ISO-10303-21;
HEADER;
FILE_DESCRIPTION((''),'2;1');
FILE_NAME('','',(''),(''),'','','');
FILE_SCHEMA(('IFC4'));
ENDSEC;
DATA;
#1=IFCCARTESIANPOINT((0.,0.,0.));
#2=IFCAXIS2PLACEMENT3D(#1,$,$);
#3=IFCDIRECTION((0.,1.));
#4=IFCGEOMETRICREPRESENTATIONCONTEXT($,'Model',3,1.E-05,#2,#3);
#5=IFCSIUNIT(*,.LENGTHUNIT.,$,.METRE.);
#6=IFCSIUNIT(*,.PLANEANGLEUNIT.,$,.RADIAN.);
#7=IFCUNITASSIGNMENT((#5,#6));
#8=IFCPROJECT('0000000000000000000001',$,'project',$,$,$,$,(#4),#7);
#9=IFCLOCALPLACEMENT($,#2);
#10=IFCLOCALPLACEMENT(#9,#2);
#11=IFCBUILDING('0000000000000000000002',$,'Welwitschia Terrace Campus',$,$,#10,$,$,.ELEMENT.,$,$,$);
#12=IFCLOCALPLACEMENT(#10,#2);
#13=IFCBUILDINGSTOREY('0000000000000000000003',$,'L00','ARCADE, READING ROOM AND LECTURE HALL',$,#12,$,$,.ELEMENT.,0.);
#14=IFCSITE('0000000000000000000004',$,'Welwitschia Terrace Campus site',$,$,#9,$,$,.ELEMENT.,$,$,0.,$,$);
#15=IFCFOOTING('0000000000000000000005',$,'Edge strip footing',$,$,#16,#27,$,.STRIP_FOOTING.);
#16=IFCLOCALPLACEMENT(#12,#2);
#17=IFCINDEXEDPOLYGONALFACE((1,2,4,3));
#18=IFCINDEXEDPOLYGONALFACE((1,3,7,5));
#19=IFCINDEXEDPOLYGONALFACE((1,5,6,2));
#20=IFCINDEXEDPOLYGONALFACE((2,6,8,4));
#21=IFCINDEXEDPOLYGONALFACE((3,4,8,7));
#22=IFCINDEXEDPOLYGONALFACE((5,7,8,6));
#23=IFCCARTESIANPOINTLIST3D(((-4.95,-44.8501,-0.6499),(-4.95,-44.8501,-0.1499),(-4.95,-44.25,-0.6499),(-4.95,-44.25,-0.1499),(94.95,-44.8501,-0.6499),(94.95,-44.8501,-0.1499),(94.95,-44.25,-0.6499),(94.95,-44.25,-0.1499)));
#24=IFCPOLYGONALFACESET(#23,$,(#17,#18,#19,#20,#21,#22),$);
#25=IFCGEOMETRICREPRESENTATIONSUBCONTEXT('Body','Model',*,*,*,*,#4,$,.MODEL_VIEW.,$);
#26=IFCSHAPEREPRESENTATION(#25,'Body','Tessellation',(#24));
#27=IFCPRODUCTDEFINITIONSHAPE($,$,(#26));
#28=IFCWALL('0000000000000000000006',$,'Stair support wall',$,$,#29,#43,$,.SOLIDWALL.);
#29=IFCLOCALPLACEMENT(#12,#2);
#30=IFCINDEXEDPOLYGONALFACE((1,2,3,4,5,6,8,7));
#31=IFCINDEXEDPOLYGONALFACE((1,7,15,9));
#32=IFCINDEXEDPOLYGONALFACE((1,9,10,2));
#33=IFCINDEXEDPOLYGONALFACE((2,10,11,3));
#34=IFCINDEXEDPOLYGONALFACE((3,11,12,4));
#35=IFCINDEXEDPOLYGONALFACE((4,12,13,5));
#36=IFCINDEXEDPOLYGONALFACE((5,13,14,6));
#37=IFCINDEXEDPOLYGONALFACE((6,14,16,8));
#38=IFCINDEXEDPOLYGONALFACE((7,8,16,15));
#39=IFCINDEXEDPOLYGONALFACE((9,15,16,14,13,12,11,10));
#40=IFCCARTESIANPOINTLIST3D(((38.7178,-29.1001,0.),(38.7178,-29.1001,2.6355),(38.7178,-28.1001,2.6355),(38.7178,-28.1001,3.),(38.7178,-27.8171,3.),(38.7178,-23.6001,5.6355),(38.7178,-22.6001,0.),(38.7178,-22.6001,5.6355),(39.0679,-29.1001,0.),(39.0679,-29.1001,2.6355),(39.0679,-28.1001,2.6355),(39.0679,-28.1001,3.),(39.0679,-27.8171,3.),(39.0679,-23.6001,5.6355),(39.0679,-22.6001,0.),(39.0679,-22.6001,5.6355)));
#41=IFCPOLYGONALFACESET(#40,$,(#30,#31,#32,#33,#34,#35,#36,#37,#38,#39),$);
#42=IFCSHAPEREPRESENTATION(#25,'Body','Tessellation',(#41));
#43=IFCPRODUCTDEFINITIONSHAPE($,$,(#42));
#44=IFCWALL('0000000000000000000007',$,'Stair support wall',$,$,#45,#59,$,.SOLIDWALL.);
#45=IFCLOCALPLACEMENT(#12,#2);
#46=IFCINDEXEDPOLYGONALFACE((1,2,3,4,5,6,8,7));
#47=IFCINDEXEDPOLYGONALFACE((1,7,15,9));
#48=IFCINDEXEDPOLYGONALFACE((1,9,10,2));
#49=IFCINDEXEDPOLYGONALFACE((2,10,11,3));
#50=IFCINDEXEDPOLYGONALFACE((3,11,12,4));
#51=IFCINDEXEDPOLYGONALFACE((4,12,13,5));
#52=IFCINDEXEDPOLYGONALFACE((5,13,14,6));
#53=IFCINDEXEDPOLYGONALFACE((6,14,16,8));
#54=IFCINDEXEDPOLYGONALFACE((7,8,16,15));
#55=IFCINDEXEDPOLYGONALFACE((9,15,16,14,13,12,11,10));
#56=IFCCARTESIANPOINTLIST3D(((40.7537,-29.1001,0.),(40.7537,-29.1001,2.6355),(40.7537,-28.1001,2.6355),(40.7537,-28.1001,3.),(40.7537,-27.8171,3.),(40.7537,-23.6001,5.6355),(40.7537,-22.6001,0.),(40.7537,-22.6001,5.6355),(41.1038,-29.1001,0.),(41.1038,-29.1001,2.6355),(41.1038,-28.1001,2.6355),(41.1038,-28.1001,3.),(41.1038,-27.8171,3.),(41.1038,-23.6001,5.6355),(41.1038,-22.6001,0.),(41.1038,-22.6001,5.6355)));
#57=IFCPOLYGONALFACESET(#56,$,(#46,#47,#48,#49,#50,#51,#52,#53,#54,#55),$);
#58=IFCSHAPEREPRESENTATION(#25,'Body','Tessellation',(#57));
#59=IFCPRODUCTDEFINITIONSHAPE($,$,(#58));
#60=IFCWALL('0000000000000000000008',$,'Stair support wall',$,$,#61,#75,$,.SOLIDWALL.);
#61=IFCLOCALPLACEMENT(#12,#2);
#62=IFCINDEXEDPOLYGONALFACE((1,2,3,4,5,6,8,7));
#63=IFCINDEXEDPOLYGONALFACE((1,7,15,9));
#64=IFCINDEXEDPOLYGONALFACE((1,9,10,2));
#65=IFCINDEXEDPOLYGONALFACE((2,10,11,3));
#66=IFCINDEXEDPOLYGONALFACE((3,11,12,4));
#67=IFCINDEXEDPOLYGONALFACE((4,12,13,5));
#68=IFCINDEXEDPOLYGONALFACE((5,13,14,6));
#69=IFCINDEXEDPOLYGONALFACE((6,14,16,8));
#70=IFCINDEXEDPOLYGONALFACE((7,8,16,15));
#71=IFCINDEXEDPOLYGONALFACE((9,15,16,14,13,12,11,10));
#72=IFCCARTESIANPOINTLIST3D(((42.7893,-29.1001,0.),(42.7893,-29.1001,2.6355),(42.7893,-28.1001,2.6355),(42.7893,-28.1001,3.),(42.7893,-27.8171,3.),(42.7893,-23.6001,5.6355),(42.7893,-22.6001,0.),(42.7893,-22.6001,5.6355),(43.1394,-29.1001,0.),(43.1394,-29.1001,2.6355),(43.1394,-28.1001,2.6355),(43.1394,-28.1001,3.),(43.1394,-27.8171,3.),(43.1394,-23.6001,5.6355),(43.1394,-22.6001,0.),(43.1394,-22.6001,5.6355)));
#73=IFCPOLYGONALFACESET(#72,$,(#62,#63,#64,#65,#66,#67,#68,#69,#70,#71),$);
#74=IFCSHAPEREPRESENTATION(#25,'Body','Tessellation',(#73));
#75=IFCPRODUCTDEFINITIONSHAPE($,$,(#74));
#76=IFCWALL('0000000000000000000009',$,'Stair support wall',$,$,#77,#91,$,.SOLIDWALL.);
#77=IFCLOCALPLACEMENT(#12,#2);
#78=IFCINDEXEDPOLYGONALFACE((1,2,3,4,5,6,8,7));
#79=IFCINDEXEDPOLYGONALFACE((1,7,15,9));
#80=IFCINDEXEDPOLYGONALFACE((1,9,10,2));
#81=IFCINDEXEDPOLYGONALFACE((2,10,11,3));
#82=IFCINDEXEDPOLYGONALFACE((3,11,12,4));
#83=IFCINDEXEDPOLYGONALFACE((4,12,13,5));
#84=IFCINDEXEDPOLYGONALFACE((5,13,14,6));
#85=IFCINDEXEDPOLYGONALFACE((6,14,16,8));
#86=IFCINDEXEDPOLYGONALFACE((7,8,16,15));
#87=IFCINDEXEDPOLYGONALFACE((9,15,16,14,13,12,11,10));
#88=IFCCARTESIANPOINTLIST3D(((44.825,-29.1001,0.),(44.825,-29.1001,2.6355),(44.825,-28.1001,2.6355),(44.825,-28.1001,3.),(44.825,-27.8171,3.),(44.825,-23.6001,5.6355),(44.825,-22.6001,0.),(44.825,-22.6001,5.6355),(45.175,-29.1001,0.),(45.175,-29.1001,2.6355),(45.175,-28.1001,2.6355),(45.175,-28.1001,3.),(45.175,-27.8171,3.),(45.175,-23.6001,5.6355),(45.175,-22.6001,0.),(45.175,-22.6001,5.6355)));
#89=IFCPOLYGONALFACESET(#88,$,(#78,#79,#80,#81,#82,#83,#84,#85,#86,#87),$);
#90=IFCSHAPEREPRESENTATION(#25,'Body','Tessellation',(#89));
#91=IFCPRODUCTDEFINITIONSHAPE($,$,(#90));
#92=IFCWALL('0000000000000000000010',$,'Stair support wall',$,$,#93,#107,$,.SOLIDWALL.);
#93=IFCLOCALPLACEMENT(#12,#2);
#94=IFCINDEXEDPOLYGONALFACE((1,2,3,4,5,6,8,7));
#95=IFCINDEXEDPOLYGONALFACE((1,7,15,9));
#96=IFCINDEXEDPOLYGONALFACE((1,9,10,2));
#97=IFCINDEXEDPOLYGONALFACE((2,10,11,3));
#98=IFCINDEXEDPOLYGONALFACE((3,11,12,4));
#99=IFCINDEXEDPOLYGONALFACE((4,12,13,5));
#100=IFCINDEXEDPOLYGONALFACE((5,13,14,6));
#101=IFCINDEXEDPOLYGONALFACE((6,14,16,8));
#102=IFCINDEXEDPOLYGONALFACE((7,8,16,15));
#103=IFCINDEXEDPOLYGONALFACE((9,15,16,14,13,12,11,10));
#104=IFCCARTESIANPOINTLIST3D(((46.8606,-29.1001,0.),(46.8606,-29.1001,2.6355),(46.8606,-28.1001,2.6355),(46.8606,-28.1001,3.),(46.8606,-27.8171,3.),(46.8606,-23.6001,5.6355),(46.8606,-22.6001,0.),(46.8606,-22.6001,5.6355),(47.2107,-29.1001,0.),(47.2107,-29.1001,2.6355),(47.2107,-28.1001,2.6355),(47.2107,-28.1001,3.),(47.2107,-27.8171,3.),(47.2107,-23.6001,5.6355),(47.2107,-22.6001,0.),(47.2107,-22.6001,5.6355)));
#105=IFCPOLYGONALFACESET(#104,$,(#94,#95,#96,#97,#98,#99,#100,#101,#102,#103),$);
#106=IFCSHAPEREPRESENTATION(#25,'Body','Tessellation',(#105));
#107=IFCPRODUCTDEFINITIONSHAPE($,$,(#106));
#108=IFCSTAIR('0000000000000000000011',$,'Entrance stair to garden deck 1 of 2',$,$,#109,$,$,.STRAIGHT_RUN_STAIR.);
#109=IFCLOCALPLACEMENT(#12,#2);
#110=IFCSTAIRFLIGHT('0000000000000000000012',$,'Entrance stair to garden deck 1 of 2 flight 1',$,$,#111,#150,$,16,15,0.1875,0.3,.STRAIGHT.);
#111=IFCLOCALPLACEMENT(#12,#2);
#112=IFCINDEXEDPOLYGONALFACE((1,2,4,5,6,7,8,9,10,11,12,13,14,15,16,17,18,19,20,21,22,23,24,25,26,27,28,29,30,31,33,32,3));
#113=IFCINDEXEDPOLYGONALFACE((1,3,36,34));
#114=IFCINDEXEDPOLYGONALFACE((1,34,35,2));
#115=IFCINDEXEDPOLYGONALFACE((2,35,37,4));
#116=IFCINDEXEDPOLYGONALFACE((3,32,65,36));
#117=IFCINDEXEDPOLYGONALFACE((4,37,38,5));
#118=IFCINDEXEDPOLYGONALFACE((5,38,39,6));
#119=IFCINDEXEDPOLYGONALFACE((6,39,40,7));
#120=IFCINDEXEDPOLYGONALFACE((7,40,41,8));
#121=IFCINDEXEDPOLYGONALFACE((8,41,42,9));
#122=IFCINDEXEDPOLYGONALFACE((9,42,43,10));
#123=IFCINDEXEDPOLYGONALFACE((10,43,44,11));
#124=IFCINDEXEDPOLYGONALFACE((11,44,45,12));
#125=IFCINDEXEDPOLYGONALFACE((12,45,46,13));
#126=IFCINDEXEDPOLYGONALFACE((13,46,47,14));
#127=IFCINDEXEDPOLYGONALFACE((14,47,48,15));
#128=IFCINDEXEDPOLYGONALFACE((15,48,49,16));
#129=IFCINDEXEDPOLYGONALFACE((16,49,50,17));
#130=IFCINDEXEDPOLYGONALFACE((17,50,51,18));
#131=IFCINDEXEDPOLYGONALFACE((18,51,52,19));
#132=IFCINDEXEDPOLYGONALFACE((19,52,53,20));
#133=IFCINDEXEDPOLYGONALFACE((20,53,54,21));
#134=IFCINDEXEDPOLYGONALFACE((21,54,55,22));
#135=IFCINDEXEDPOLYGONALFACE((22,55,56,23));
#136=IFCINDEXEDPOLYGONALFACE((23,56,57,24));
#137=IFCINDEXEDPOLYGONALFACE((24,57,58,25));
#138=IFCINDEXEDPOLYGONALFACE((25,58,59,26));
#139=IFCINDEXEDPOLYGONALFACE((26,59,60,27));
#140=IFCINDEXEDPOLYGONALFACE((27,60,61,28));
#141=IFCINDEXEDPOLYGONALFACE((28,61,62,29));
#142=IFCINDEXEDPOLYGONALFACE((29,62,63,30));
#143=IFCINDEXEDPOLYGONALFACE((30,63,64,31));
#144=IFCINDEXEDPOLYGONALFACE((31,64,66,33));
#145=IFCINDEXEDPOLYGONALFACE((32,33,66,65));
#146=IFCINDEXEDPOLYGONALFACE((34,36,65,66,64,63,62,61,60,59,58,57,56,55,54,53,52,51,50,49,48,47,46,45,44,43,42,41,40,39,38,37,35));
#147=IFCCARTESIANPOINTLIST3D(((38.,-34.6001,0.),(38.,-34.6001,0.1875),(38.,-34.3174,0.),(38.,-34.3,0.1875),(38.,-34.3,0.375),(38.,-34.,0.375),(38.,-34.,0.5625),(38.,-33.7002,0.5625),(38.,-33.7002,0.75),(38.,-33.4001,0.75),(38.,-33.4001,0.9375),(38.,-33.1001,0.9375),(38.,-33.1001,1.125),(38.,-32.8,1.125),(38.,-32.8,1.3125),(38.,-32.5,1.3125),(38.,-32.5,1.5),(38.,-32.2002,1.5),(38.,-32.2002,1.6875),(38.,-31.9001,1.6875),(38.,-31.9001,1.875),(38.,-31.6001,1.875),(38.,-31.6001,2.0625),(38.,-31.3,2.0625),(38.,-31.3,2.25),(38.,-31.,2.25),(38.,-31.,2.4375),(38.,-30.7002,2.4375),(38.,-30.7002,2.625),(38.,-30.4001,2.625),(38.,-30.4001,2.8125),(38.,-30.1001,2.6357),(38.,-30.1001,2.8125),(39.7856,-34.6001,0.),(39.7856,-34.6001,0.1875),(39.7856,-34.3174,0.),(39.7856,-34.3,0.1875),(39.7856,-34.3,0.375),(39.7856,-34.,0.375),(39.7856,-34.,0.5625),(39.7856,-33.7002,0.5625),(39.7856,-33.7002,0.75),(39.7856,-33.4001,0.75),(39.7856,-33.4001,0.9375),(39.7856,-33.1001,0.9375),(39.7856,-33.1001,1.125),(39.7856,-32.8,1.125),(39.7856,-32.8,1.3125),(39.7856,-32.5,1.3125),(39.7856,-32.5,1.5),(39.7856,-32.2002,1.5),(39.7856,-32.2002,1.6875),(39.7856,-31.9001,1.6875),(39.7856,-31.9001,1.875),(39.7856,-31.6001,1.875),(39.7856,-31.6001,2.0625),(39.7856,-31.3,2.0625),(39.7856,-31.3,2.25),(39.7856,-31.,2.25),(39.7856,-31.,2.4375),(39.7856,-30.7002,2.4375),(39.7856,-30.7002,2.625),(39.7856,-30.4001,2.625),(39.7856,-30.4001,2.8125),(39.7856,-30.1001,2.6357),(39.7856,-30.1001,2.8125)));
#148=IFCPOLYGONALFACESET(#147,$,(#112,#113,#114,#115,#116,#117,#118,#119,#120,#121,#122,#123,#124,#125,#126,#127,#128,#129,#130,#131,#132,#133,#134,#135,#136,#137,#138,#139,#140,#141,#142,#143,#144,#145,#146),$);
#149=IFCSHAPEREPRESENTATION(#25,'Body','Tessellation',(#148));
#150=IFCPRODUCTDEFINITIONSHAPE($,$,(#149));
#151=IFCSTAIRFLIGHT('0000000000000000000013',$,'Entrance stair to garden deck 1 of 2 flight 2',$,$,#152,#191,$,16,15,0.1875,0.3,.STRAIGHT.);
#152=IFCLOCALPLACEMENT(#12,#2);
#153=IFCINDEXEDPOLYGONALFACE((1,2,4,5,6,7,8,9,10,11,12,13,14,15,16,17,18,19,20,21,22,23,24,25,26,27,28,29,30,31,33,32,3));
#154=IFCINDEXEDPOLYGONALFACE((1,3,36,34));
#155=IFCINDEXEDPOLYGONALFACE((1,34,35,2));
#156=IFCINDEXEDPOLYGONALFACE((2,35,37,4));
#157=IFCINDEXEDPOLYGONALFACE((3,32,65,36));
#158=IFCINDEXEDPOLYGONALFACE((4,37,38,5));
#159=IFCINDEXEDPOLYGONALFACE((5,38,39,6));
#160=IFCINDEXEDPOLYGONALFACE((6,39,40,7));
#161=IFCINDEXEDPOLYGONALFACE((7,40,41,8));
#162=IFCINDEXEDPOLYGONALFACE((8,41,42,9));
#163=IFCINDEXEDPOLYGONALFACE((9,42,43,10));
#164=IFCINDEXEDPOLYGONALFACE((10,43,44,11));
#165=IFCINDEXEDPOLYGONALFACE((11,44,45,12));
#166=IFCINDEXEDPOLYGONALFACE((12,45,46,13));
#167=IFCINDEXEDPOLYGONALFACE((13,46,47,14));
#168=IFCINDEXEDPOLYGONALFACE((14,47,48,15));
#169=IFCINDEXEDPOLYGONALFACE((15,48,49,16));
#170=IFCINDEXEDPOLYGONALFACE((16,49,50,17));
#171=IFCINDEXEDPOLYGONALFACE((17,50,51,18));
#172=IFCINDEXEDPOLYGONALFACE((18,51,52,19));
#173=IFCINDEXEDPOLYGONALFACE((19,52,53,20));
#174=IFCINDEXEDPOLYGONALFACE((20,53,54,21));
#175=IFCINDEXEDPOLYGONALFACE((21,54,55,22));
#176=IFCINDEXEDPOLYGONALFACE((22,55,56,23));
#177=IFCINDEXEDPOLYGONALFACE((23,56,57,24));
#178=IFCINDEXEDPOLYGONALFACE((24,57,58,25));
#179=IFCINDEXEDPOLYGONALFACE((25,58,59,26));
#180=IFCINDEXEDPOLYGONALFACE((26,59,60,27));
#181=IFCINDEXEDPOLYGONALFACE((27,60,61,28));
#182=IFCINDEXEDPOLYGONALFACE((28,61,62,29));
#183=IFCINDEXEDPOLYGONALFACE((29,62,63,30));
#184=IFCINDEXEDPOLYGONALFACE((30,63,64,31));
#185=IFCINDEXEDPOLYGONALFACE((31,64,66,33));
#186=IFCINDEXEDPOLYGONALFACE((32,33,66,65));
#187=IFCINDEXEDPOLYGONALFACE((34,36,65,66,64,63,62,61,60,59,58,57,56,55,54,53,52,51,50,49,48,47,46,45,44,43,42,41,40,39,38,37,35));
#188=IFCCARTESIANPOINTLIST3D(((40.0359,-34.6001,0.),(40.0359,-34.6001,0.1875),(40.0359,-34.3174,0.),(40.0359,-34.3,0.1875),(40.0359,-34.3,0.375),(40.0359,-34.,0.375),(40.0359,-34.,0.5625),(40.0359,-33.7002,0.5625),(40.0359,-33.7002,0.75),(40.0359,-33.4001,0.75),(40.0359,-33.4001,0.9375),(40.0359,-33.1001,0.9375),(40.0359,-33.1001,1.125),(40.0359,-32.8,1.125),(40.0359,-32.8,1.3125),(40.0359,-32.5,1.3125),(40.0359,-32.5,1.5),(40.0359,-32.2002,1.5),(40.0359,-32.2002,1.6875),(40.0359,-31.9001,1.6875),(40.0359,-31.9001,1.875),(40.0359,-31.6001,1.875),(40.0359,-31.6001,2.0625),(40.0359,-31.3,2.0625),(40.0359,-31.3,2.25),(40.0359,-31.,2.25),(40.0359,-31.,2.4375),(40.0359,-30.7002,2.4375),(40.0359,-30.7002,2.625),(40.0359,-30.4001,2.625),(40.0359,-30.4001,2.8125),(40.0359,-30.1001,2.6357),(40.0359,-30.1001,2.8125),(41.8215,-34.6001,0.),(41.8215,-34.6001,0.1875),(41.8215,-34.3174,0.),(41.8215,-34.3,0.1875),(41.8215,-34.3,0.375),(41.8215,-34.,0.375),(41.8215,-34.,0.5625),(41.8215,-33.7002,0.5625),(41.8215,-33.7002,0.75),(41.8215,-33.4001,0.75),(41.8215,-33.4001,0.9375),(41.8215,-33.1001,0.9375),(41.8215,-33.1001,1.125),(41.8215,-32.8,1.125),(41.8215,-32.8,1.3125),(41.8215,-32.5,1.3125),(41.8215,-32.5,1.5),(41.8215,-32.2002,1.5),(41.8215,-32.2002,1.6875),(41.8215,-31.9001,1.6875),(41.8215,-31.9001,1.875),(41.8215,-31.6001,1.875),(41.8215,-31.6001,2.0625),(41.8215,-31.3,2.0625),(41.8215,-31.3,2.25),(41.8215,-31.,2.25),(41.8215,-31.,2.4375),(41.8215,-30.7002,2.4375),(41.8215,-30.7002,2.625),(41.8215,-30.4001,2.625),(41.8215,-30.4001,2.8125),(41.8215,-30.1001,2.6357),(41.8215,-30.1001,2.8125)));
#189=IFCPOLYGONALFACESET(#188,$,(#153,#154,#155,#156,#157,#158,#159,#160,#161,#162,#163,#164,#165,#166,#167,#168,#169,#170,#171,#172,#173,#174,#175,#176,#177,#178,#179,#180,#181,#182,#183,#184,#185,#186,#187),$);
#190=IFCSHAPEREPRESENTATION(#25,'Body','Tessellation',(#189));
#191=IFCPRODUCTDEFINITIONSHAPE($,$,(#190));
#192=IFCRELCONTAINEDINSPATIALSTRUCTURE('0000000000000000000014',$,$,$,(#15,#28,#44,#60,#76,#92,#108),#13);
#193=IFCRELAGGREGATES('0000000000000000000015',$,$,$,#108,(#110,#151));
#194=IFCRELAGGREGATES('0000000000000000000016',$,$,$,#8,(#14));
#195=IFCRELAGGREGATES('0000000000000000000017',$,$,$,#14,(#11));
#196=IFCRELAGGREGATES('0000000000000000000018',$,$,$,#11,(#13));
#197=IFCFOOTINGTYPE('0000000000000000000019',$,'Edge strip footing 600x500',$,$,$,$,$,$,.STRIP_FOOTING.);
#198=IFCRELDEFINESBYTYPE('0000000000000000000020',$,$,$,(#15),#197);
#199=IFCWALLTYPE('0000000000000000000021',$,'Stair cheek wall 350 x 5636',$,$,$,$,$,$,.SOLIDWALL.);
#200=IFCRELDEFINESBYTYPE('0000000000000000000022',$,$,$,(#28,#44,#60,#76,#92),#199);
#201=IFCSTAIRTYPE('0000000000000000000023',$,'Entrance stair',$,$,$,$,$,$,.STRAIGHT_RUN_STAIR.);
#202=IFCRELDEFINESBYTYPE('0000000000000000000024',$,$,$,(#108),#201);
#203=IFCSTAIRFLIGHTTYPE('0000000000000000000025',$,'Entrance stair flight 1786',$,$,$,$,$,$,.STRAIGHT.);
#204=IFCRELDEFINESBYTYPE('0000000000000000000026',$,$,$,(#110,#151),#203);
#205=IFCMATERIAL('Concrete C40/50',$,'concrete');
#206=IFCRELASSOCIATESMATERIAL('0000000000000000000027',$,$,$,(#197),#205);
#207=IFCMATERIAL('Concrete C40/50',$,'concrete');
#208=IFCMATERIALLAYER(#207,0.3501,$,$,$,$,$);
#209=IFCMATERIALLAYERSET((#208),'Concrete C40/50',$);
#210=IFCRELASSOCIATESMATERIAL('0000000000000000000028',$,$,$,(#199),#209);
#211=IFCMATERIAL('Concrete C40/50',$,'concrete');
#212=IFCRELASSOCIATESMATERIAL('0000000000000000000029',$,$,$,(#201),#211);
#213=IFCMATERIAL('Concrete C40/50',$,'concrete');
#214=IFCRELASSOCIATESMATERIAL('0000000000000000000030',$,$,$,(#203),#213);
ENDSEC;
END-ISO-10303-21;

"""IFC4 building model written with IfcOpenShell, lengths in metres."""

from ifc_helpers import new_model, si_unit, direction, frame, origin, origin_2d, place, context, subcontext, project, spatial, polyline, rectangle, outline, extrude, material, layer, layer_set, type_object, element, aggregate, save


model = new_model("IFC4")

# Units and contexts
model_context = context("Model", 3, precision=1e-05, world=origin(), true_north=direction((0.0, 1.0)))
body_context = subcontext(model_context, "Body", "Model", "MODEL_VIEW")
ifc_project = project(units=[si_unit("LENGTHUNIT", "METRE"), si_unit("PLANEANGLEUNIT", "RADIAN")], contexts=[model_context])

# Site, building, storey
site_placement = place(None, origin())
site = spatial("IfcSite", under=ifc_project, at=site_placement, Name="Welwitschia Terrace Campus site", CompositionType="ELEMENT", RefElevation=0.0)
building_placement = place(site_placement, origin())
building = spatial("IfcBuilding", under=site, at=building_placement, Name="Welwitschia Terrace Campus", CompositionType="ELEMENT")
storey_placement = place(building_placement, origin())
storey = spatial("IfcBuildingStorey", under=building, at=storey_placement, Name="L00", Description="ARCADE, READING ROOM AND LECTURE HALL", CompositionType="ELEMENT", Elevation=0.0)

# Footing
ifc_material_1 = material(Name="Concrete C40/50", Category="concrete")
footing_type = type_object("IfcFootingType", Name="Edge strip footing 600x500", PredefinedType="STRIP_FOOTING", material=ifc_material_1)
footing_placement = place(storey_placement, frame((45.0, -44.55, -0.6499), z_axis=(0.0, 0.0, 1.0), x_axis=(1.0, 0.0, 0.0)))
element("IfcFooting", 1, at=footing_placement, inside=storey, type_object=footing_type, Name="Edge strip footing", PredefinedType="STRIP_FOOTING", context=body_context, shape_type="SweptSolid", body=[
    extrude(rectangle(XDim=99.8999, YDim=0.6001, at=origin_2d()), origin(), (0.0, 0.0, 1.0), 0.5),
])

# Walls
ifc_material_2 = material(Name="Concrete C40/50", Category="concrete")
ifc_layer_1 = layer(ifc_material_2, 0.3501)
ifc_layer_set_1 = layer_set([ifc_layer_1], Name="Concrete C40/50")
wall_type_1 = type_object("IfcWallType", Name="Stair cheek wall 350 x 5636", PredefinedType="SOLIDWALL", material=ifc_layer_set_1)
for number, where, z_axis, x_axis, name in (
    (2, (38.8928, -29.1001, 0.0), (0.0, 0.0, 1.0), (0.0, 1.0, 0.0), "Stair support wall"),
    (3, (40.9287, -29.1001, 0.0), (0.0, 0.0, 1.0), (0.0, 1.0, 0.0), "Stair support wall"),
    (4, (42.9644, -29.1001, 0.0), (0.0, 0.0, 1.0), (0.0, 1.0, 0.0), "Stair support wall"),
    (5, (45.0, -29.1001, 0.0), (0.0, 0.0, 1.0), (0.0, 1.0, 0.0), "Stair support wall"),
    (6, (47.0356, -29.1001, 0.0), (0.0, 0.0, 1.0), (0.0, 1.0, 0.0), "Stair support wall"),
):
    element("IfcWall", number, at=place(storey_placement, frame(where, z_axis=z_axis, x_axis=x_axis)), inside=storey, type_object=wall_type_1, Name=name, PredefinedType="SOLIDWALL", context=body_context, shape_type="SweptSolid", body=[
        extrude(outline(polyline([(0.0, 0.0), (6.5, 0.0), (6.5, 5.6355), (5.5, 5.6355), (1.283, 3.0), (1.0, 3.0), (1.0, 2.6355), (0.0, 2.6355), (0.0, 0.0)])), frame((0.0, 0.175, 0.0), z_axis=(0.0, -1.0, 0.0), x_axis=(1.0, 0.0, 0.0)), (0.0, 0.0, 1.0), 0.3501),
    ])

# Stair, stair flights
ifc_material_3 = material(Name="Concrete C40/50", Category="concrete")
stair_type = type_object("IfcStairType", Name="Entrance stair", PredefinedType="STRAIGHT_RUN_STAIR", material=ifc_material_3)
stair_placement = place(storey_placement, origin())
stair = element("IfcStair", 7, at=stair_placement, inside=storey, type_object=stair_type, Name="Entrance stair to garden deck 1 of 2", PredefinedType="STRAIGHT_RUN_STAIR")
ifc_material_4 = material(Name="Concrete C40/50", Category="concrete")
stair_flight_type = type_object("IfcStairFlightType", Name="Entrance stair flight 1786", PredefinedType="STRAIGHT", material=ifc_material_4)
stair_flight_1_placement = place(storey_placement, frame((38.8928, -34.6001, 0.0), z_axis=(0.0, 0.0, 1.0), x_axis=(0.0, 1.0, 0.0)))
stair_flight_1 = element("IfcStairFlight", 8, at=stair_flight_1_placement, type_object=stair_flight_type, Name="Entrance stair to garden deck 1 of 2 flight 1", NumberOfRisers=16, NumberOfTreads=15, PredefinedType="STRAIGHT", RiserHeight=0.1875, TreadLength=0.3, context=body_context, shape_type="SweptSolid", body=[
    extrude(outline(polyline([(0.0, 0.0), (0.0, 0.1875), (0.3, 0.1875), (0.3, 0.375), (0.6001, 0.375), (0.6001, 0.5625), (0.8999, 0.5625), (0.8999, 0.75), (1.2, 0.75), (1.2, 0.9375), (1.5, 0.9375), (1.5, 1.125), (1.8, 1.125), (1.8, 1.3125), (2.1001, 1.3125), (2.1001, 1.5), (2.3999, 1.5), (2.3999, 1.6875), (2.7, 1.6875), (2.7, 1.875), (3.0, 1.875), (3.0, 2.0625), (3.3, 2.0625), (3.3, 2.25), (3.6001, 2.25), (3.6001, 2.4375), (3.8999, 2.4375), (3.8999, 2.625), (4.2, 2.625), (4.2, 2.8125), (4.5, 2.8125), (4.5, 3.0), (4.5, 2.6357), (0.2827, 0.0), (0.0, 0.0)])), frame((0.0, 0.8928, 0.0), z_axis=(0.0, -1.0, 0.0), x_axis=(1.0, 0.0, 0.0)), (0.0, 0.0, 1.0), 1.7856),
])
stair_flight_2_placement = place(storey_placement, frame((40.9287, -34.6001, 0.0), z_axis=(0.0, 0.0, 1.0), x_axis=(0.0, 1.0, 0.0)))
stair_flight_2 = element("IfcStairFlight", 9, at=stair_flight_2_placement, type_object=stair_flight_type, Name="Entrance stair to garden deck 1 of 2 flight 2", NumberOfRisers=16, NumberOfTreads=15, PredefinedType="STRAIGHT", RiserHeight=0.1875, TreadLength=0.3, context=body_context, shape_type="SweptSolid", body=[
    extrude(outline(polyline([(0.0, 0.0), (0.0, 0.1875), (0.3, 0.1875), (0.3, 0.375), (0.6001, 0.375), (0.6001, 0.5625), (0.8999, 0.5625), (0.8999, 0.75), (1.2, 0.75), (1.2, 0.9375), (1.5, 0.9375), (1.5, 1.125), (1.8, 1.125), (1.8, 1.3125), (2.1001, 1.3125), (2.1001, 1.5), (2.3999, 1.5), (2.3999, 1.6875), (2.7, 1.6875), (2.7, 1.875), (3.0, 1.875), (3.0, 2.0625), (3.3, 2.0625), (3.3, 2.25), (3.6001, 2.25), (3.6001, 2.4375), (3.8999, 2.4375), (3.8999, 2.625), (4.2, 2.625), (4.2, 2.8125), (4.5, 2.8125), (4.5, 3.0), (4.5, 2.6357), (0.2827, 0.0), (0.0, 0.0)])), frame((0.0, 0.8928, 0.0), z_axis=(0.0, -1.0, 0.0), x_axis=(1.0, 0.0, 0.0)), (0.0, 0.0, 1.0), 1.7856),
])
aggregate(stair, [stair_flight_1, stair_flight_2])

save(model, "model.ifc")
